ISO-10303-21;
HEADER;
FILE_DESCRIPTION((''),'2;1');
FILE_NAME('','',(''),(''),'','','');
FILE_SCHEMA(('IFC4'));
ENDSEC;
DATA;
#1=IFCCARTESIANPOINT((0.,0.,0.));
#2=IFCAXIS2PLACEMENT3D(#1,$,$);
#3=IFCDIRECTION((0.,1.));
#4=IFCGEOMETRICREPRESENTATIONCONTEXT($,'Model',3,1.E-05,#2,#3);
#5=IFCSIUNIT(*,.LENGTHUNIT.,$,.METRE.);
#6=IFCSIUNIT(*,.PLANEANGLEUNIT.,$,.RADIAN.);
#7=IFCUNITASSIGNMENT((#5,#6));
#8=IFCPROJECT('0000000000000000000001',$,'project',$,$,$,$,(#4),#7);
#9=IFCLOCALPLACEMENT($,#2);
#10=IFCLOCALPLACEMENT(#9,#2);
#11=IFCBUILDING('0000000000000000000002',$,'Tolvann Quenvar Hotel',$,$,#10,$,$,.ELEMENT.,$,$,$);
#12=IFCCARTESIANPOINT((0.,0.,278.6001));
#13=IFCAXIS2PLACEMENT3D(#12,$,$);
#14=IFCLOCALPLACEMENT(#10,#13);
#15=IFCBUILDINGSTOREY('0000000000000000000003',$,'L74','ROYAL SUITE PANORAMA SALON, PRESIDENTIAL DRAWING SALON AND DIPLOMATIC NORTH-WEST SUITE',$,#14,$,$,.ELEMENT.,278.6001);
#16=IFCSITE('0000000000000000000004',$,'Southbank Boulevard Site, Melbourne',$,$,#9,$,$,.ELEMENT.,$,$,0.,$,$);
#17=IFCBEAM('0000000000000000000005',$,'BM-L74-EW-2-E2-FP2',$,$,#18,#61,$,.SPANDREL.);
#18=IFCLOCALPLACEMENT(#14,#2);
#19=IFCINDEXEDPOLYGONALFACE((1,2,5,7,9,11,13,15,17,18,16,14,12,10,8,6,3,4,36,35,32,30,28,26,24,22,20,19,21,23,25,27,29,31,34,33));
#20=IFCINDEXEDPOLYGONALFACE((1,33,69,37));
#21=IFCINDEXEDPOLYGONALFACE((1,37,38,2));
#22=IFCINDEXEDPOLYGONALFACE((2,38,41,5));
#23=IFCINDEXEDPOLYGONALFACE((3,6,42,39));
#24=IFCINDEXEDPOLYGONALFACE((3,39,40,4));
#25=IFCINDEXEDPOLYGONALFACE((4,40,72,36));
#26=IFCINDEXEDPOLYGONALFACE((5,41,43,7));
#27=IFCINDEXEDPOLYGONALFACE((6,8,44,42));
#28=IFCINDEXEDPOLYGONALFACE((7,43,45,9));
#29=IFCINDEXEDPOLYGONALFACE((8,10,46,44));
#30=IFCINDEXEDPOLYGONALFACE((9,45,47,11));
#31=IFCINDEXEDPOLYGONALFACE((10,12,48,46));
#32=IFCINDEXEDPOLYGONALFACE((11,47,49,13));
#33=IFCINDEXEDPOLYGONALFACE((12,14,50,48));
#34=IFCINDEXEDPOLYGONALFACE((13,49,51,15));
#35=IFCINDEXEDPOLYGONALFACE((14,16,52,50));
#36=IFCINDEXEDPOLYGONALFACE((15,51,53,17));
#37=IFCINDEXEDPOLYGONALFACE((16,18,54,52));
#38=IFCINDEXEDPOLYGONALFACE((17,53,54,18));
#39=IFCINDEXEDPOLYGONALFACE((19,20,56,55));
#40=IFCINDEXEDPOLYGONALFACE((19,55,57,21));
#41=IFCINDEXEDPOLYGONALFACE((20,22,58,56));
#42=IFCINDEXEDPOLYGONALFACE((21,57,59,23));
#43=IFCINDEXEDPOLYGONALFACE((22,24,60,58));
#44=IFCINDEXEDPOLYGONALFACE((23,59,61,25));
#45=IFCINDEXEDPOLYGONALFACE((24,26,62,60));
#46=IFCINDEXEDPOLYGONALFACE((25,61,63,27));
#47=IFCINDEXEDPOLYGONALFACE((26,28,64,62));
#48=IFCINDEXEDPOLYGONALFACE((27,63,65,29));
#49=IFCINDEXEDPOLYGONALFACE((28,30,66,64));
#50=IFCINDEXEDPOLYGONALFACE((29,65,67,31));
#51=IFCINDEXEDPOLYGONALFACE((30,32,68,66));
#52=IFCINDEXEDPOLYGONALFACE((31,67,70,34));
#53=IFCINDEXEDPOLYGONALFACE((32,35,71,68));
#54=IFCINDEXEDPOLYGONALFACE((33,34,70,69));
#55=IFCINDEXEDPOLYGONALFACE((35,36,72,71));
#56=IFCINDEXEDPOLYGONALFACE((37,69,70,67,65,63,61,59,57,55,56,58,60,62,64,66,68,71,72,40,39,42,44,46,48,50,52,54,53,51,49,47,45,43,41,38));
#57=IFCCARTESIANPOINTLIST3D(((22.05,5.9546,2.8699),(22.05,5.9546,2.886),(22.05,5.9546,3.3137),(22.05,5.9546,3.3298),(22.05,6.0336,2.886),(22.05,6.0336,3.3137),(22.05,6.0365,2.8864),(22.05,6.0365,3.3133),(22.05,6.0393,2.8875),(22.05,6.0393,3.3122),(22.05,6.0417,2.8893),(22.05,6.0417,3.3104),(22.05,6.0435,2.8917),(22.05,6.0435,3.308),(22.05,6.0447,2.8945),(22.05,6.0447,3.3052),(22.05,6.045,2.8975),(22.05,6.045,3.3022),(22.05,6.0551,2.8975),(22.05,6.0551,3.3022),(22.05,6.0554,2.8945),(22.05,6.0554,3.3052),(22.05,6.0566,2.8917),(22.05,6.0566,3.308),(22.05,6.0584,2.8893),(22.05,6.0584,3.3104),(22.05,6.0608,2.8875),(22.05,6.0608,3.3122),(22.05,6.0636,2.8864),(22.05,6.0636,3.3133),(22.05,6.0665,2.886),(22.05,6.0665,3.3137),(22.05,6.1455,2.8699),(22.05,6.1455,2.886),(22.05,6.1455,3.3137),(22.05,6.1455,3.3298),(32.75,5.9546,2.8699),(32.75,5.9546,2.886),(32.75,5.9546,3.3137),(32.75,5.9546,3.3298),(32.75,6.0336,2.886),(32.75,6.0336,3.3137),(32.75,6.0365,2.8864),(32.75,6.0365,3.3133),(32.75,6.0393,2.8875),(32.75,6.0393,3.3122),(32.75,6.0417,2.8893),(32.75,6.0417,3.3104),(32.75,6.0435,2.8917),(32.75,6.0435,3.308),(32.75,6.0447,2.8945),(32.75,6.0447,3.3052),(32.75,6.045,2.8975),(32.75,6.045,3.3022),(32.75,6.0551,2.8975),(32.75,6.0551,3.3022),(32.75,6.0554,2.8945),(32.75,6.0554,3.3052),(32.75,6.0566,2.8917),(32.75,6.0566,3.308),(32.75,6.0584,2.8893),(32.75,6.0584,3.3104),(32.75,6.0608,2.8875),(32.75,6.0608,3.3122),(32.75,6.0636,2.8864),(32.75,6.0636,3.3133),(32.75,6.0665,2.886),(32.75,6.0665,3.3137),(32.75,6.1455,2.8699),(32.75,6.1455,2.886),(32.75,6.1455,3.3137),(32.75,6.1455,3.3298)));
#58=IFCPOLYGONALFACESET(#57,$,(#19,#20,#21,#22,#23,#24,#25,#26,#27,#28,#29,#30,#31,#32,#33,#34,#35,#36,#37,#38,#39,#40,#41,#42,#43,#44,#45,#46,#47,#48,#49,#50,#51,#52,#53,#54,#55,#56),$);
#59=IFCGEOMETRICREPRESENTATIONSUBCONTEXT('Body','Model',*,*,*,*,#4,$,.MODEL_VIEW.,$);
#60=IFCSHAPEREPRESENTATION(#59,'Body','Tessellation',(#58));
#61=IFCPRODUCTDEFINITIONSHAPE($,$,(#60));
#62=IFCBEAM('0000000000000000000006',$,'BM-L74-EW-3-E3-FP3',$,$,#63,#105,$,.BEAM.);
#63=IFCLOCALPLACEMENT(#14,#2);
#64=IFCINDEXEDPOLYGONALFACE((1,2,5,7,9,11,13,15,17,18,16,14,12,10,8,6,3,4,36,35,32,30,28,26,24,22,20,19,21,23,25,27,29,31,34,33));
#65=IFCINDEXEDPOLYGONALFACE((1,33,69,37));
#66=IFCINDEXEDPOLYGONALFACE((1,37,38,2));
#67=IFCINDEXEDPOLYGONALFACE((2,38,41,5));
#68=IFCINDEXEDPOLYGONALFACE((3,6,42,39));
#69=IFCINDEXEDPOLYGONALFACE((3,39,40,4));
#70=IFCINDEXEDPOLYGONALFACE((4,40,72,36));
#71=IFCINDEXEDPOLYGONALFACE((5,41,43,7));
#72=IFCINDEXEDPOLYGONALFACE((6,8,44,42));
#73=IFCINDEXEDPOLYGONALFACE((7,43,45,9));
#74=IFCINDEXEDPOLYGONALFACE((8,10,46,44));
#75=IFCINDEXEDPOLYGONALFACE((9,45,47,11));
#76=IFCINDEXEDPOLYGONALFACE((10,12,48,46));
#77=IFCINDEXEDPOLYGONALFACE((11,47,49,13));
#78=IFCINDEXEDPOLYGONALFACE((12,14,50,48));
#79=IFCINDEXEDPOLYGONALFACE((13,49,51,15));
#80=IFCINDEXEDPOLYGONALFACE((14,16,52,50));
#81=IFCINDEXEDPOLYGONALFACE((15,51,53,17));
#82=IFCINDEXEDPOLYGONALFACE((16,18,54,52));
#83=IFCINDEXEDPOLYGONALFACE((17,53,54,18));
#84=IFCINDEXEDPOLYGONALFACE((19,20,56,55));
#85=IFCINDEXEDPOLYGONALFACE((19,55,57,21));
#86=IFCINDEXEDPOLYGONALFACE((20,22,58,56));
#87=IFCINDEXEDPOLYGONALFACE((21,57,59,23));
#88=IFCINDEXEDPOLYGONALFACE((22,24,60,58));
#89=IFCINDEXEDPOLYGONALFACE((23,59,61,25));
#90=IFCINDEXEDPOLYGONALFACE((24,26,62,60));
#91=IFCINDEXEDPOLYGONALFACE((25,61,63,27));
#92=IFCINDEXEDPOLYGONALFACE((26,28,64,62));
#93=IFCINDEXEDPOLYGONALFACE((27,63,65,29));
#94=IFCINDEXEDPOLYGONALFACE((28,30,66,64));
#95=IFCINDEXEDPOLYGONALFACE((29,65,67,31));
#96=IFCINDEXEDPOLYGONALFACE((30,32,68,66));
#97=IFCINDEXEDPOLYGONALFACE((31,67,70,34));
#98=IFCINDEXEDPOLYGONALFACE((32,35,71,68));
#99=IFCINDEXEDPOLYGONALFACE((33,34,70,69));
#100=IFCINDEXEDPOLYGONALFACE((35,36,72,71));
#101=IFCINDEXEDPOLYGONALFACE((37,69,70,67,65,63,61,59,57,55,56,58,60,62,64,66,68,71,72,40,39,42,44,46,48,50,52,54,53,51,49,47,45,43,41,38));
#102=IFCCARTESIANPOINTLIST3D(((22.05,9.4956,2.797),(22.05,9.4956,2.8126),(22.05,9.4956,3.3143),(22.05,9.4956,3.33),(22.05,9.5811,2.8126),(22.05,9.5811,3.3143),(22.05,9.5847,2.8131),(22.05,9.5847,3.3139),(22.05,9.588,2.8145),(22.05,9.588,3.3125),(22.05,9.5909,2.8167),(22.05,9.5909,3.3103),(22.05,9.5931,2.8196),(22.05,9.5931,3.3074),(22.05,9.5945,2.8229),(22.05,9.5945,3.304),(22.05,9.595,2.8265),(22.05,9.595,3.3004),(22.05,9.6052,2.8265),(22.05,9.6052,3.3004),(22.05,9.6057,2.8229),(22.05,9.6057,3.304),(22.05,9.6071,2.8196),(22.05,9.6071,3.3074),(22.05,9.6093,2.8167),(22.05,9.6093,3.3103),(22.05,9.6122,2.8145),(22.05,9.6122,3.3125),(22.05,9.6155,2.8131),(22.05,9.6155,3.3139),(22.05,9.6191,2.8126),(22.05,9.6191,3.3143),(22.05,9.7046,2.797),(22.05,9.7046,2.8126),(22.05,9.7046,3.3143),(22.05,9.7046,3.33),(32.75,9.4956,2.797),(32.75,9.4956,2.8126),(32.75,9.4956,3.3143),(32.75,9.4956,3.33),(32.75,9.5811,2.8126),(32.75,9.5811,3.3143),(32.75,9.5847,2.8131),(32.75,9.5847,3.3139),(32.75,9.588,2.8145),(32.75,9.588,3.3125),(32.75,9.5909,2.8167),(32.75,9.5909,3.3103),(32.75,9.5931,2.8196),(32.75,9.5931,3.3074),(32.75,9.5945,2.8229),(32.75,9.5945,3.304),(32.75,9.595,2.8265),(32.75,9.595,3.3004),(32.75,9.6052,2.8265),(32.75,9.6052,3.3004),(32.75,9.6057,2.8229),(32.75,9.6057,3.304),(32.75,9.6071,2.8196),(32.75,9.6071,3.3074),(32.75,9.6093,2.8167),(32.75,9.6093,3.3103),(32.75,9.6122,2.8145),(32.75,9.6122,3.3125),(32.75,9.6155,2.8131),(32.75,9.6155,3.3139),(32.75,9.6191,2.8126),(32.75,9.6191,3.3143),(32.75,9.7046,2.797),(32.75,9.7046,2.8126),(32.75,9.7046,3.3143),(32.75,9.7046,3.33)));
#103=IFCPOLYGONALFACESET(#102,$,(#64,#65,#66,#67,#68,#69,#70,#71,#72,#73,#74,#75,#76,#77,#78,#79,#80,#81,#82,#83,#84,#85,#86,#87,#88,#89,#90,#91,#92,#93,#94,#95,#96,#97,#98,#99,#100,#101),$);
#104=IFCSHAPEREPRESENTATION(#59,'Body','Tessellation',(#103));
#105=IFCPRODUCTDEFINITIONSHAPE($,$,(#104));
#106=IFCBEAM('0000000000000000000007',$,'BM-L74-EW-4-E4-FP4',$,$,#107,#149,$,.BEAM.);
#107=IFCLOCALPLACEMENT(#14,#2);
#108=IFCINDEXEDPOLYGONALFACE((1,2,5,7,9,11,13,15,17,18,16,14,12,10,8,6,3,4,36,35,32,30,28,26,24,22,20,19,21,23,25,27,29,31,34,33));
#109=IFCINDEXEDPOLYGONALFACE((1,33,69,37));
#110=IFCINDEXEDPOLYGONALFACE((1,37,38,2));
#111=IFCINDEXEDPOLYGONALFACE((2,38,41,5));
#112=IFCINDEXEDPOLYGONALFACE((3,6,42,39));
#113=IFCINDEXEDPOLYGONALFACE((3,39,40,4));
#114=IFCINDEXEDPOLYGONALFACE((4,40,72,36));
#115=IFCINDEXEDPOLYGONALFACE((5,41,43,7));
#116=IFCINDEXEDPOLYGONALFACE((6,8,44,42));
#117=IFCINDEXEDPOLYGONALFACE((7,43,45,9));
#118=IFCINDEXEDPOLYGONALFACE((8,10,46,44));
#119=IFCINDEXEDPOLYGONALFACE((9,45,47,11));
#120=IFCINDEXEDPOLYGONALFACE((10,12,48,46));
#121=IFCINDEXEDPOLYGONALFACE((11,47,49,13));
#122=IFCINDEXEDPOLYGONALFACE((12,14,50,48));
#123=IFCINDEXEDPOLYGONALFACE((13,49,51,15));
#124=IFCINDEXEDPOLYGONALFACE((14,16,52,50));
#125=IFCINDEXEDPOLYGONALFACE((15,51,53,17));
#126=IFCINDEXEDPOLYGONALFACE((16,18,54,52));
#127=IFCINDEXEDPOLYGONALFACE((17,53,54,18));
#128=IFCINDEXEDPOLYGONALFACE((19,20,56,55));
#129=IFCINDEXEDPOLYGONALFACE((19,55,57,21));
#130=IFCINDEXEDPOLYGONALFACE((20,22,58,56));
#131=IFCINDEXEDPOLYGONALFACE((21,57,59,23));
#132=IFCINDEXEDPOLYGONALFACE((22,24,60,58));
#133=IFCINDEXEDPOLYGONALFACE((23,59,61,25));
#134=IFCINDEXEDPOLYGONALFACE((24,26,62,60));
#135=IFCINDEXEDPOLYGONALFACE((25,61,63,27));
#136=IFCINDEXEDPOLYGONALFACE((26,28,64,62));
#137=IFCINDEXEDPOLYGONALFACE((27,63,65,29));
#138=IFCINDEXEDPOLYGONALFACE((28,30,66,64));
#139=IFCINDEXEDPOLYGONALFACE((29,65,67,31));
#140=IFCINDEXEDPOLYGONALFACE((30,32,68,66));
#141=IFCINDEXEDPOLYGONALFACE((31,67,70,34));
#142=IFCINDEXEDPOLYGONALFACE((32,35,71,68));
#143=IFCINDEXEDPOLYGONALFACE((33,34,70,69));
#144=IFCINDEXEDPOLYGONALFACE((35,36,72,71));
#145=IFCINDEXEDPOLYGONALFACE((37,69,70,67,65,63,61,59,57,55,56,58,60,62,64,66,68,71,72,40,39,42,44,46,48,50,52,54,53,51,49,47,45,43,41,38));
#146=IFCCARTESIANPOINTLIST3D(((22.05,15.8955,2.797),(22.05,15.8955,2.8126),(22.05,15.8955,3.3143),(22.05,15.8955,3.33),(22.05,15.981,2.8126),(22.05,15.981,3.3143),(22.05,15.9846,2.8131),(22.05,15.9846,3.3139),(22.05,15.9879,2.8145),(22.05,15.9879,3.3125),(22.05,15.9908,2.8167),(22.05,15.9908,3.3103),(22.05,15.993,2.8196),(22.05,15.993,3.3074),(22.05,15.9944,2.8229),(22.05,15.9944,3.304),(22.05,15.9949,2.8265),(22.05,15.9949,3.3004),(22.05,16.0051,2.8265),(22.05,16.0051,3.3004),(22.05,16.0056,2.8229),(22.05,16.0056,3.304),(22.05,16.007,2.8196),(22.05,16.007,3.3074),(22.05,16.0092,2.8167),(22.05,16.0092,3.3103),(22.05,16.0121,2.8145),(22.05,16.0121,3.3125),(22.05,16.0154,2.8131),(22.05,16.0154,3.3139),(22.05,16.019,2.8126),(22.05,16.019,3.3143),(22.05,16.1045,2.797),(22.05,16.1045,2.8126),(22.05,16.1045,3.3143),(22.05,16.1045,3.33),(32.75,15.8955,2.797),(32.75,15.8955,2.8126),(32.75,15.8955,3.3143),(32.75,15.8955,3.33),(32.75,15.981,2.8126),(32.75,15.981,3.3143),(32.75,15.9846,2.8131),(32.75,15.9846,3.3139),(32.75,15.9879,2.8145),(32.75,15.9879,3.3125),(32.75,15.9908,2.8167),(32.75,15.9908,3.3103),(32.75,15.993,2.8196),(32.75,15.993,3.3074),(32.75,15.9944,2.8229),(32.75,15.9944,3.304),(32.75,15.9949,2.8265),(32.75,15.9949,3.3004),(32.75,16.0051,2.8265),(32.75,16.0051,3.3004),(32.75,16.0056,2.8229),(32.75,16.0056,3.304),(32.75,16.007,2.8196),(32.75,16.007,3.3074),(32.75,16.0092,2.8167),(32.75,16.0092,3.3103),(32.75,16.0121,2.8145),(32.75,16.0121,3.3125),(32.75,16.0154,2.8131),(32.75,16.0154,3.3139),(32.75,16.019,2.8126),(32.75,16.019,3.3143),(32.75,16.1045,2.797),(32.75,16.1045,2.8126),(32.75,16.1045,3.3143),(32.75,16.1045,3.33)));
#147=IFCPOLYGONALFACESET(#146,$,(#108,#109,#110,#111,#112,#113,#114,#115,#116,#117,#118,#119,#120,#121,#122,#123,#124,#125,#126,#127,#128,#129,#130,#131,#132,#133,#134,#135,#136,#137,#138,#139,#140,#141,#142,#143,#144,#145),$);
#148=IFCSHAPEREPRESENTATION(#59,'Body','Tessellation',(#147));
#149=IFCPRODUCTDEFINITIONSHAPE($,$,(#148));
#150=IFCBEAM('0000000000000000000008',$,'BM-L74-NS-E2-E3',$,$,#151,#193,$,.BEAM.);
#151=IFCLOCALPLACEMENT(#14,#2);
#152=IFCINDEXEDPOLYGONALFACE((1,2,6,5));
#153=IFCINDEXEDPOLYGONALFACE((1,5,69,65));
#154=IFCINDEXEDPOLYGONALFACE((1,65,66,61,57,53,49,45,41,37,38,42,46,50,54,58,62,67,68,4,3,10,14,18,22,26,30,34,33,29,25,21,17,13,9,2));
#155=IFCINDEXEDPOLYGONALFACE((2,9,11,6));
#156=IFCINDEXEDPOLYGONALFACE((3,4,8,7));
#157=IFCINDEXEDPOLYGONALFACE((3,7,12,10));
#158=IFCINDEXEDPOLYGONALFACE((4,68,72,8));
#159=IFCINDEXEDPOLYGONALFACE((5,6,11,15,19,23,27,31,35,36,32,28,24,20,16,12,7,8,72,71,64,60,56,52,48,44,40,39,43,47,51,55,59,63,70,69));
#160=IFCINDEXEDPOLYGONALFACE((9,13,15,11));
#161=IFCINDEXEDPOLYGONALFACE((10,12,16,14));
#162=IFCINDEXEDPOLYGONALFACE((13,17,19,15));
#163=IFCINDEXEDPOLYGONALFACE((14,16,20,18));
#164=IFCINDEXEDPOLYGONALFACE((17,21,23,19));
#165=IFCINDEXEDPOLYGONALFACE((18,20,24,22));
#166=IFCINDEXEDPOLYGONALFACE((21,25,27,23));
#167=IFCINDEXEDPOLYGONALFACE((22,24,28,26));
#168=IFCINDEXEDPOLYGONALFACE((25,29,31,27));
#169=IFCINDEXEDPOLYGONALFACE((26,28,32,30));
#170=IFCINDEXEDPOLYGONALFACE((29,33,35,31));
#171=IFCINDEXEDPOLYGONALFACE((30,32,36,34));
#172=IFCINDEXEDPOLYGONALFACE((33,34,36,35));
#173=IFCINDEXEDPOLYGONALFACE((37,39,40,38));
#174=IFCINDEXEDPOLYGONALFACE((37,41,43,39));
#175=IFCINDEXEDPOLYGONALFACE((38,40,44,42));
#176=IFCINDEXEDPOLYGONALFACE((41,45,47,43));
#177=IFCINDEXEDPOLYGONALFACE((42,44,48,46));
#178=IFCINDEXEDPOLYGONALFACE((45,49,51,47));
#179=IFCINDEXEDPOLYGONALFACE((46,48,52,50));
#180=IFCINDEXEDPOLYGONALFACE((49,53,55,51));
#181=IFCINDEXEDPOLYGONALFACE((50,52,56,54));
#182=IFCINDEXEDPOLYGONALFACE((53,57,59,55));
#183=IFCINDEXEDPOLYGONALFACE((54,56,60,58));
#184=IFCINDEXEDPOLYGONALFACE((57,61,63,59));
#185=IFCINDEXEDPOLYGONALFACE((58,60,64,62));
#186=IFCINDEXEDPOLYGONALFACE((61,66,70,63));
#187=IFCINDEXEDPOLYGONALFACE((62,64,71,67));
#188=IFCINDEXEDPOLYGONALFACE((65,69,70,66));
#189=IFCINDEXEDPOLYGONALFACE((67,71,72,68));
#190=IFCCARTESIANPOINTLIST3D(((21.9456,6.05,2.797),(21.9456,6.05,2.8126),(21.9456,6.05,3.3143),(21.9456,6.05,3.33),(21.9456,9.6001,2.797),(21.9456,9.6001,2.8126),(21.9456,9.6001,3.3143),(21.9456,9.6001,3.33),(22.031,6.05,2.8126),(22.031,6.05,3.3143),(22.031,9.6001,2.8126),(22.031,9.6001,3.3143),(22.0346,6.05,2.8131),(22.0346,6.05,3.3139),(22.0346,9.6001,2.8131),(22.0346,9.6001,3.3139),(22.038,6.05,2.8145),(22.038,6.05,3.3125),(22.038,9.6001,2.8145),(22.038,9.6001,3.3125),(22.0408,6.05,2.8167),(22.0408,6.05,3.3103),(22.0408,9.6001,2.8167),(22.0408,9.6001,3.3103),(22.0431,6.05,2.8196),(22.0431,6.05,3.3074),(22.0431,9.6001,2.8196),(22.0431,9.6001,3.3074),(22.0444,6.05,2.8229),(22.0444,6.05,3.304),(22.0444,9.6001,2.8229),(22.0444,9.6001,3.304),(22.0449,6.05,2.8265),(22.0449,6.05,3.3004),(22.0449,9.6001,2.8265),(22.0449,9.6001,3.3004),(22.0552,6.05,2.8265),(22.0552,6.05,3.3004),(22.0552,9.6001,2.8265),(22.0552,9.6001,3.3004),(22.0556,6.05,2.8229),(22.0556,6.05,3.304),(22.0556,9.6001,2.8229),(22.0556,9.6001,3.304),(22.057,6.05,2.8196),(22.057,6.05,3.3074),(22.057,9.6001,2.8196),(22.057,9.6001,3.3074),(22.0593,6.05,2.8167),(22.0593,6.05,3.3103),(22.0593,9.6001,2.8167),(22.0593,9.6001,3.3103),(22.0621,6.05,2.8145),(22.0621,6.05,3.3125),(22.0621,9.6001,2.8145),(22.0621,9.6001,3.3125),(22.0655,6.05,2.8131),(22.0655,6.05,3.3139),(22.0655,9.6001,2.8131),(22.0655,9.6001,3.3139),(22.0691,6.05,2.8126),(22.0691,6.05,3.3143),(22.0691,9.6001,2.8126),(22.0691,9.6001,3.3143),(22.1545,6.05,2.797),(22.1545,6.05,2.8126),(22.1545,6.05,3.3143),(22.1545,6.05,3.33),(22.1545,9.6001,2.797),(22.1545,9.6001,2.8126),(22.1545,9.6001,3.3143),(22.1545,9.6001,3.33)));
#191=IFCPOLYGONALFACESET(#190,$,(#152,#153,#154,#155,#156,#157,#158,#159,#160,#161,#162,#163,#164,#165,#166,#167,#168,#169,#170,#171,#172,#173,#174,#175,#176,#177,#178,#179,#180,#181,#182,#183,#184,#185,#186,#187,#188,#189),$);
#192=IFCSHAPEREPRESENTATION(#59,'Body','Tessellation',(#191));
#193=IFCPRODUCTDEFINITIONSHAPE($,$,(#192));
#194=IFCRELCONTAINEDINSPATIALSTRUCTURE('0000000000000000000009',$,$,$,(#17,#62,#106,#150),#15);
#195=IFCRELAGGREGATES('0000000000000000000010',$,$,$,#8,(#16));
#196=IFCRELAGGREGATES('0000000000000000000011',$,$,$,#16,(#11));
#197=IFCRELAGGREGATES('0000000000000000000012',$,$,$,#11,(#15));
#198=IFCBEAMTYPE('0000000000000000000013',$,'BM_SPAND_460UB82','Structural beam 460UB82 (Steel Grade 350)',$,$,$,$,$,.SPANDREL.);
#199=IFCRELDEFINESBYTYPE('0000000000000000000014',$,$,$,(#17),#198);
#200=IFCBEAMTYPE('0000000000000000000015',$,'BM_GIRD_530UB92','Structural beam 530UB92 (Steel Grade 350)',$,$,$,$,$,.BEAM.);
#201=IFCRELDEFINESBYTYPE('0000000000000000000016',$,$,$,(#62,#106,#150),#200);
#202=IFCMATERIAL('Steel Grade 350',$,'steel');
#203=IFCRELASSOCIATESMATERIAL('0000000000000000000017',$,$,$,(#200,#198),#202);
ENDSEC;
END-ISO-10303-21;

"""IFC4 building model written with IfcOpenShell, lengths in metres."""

from ifc_helpers import new_model, si_unit, direction, frame, origin, origin_2d, place, context, subcontext, project, spatial, i_section, extrude, source, transform, mapped, material, material_profile, profile_set, type_object, element, save


model = new_model("IFC4")

# Units and contexts
model_context = context("Model", 3, precision=1e-05, world=origin(), true_north=direction((0.0, 1.0)))
body_context = subcontext(model_context, "Body", "Model", "MODEL_VIEW")
ifc_project = project(units=[si_unit("LENGTHUNIT", "METRE"), si_unit("PLANEANGLEUNIT", "RADIAN")], contexts=[model_context])

# Site, building, storey
site_placement = place(None, origin())
site = spatial("IfcSite", under=ifc_project, at=site_placement, Name="Southbank Boulevard Site, Melbourne", CompositionType="ELEMENT", RefElevation=0.0)
building_placement = place(site_placement, origin())
building = spatial("IfcBuilding", under=site, at=building_placement, Name="Tolvann Quenvar Hotel", CompositionType="ELEMENT")
storey_placement = place(building_placement, frame((0.0, 0.0, 278.6001)))
storey = spatial("IfcBuildingStorey", under=building, at=storey_placement, Name="L74", Description="ROYAL SUITE PANORAMA SALON, PRESIDENTIAL DRAWING SALON AND DIPLOMATIC NORTH-WEST SUITE", CompositionType="ELEMENT", Elevation=278.6001)

# Shared definitions
ifc_material_1 = material(Name="Steel Grade 350", Category="steel")

# Beams
ifc_material_profile_1 = material_profile(ifc_material_1, i_section(OverallWidth=0.209, OverallDepth=0.533, WebThickness=0.0103, FlangeThickness=0.0156, FilletRadius=0.0139, at=origin_2d()), Name="530UB92")
ifc_profile_set_1 = profile_set([ifc_material_profile_1], Name="Steel Grade 350")
beam_type_1 = type_object("IfcBeamType", Name="BM_GIRD_530UB92", Description="Structural beam 530UB92 (Steel Grade 350)", PredefinedType="BEAM", material=ifc_profile_set_1)
ifc_material_profile_2 = material_profile(ifc_material_1, i_section(OverallWidth=0.1909, OverallDepth=0.46, WebThickness=0.01, FlangeThickness=0.0161, FilletRadius=0.0115, at=origin_2d()), Name="460UB82")
ifc_profile_set_2 = profile_set([ifc_material_profile_2], Name="Steel Grade 350")
beam_type_2 = type_object("IfcBeamType", Name="BM_SPAND_460UB82", Description="Structural beam 460UB82 (Steel Grade 350)", PredefinedType="SPANDREL", material=ifc_profile_set_2)
shared_shape_1 = source(origin(), body_context, "Body", "SweptSolid", [
    extrude(i_section(OverallWidth=0.1909, OverallDepth=0.46, WebThickness=0.01, FlangeThickness=0.0161, FilletRadius=0.0115, at=origin_2d()), origin(), (0.0, 0.0, 1.0), 10.7),
])
beam_1_placement = place(storey_placement, frame((22.05, 6.05, 3.0999), z_axis=(1.0, 0.0, 0.0), x_axis=(0.0, 1.0, 0.0)))
element("IfcBeam", 1, at=beam_1_placement, inside=storey, type_object=beam_type_2, Name="BM-L74-EW-2-E2-FP2", PredefinedType="SPANDREL", context=body_context, shape_type="MappedRepresentation", body=[
    mapped(shared_shape_1, transform((0.0, 0.0, 0.0), x_axis=(1.0, 0.0, 0.0), y_axis=(0.0, 1.0, 0.0), z_axis=(0.0, 0.0, 1.0), scale=1.0)),
])
shared_shape_2 = source(origin(), body_context, "Body", "SweptSolid", [
    extrude(i_section(OverallWidth=0.209, OverallDepth=0.533, WebThickness=0.0103, FlangeThickness=0.0156, FilletRadius=0.0139, at=origin_2d()), origin(), (0.0, 0.0, 1.0), 10.7),
])
for number, where, z_axis, x_axis, name in (
    (2, (22.05, 9.6001, 3.0635), (1.0, 0.0, 0.0), (0.0, 1.0, 0.0), "BM-L74-EW-3-E3-FP3"),
    (3, (22.05, 16.0, 3.0635), (1.0, 0.0, 0.0), (0.0, 1.0, 0.0), "BM-L74-EW-4-E4-FP4"),
):
    element("IfcBeam", number, at=place(storey_placement, frame(where, z_axis=z_axis, x_axis=x_axis)), inside=storey, type_object=beam_type_1, Name=name, PredefinedType="BEAM", context=body_context, shape_type="MappedRepresentation", body=[
        mapped(shared_shape_2, transform((0.0, 0.0, 0.0), x_axis=(1.0, 0.0, 0.0), y_axis=(0.0, 1.0, 0.0), z_axis=(0.0, 0.0, 1.0), scale=1.0)),
    ])
shared_shape_3 = source(origin(), body_context, "Body", "SweptSolid", [
    extrude(i_section(OverallWidth=0.209, OverallDepth=0.533, WebThickness=0.0103, FlangeThickness=0.0156, FilletRadius=0.0139, at=origin_2d()), origin(), (0.0, 0.0, 1.0), 3.55),
])
for number, where, z_axis, x_axis, name in (
    (4, (22.05, 6.05, 3.0635), (0.0, 1.0, 0.0), (-1.0, 0.0, 0.0), "BM-L74-NS-E2-E3"),
):
    element("IfcBeam", number, at=place(storey_placement, frame(where, z_axis=z_axis, x_axis=x_axis)), inside=storey, type_object=beam_type_1, Name=name, PredefinedType="BEAM", context=body_context, shape_type="MappedRepresentation", body=[
        mapped(shared_shape_3, transform((0.0, 0.0, 0.0), x_axis=(1.0, 0.0, 0.0), y_axis=(0.0, 1.0, 0.0), z_axis=(0.0, 0.0, 1.0), scale=1.0)),
    ])

save(model, "model.ifc")
